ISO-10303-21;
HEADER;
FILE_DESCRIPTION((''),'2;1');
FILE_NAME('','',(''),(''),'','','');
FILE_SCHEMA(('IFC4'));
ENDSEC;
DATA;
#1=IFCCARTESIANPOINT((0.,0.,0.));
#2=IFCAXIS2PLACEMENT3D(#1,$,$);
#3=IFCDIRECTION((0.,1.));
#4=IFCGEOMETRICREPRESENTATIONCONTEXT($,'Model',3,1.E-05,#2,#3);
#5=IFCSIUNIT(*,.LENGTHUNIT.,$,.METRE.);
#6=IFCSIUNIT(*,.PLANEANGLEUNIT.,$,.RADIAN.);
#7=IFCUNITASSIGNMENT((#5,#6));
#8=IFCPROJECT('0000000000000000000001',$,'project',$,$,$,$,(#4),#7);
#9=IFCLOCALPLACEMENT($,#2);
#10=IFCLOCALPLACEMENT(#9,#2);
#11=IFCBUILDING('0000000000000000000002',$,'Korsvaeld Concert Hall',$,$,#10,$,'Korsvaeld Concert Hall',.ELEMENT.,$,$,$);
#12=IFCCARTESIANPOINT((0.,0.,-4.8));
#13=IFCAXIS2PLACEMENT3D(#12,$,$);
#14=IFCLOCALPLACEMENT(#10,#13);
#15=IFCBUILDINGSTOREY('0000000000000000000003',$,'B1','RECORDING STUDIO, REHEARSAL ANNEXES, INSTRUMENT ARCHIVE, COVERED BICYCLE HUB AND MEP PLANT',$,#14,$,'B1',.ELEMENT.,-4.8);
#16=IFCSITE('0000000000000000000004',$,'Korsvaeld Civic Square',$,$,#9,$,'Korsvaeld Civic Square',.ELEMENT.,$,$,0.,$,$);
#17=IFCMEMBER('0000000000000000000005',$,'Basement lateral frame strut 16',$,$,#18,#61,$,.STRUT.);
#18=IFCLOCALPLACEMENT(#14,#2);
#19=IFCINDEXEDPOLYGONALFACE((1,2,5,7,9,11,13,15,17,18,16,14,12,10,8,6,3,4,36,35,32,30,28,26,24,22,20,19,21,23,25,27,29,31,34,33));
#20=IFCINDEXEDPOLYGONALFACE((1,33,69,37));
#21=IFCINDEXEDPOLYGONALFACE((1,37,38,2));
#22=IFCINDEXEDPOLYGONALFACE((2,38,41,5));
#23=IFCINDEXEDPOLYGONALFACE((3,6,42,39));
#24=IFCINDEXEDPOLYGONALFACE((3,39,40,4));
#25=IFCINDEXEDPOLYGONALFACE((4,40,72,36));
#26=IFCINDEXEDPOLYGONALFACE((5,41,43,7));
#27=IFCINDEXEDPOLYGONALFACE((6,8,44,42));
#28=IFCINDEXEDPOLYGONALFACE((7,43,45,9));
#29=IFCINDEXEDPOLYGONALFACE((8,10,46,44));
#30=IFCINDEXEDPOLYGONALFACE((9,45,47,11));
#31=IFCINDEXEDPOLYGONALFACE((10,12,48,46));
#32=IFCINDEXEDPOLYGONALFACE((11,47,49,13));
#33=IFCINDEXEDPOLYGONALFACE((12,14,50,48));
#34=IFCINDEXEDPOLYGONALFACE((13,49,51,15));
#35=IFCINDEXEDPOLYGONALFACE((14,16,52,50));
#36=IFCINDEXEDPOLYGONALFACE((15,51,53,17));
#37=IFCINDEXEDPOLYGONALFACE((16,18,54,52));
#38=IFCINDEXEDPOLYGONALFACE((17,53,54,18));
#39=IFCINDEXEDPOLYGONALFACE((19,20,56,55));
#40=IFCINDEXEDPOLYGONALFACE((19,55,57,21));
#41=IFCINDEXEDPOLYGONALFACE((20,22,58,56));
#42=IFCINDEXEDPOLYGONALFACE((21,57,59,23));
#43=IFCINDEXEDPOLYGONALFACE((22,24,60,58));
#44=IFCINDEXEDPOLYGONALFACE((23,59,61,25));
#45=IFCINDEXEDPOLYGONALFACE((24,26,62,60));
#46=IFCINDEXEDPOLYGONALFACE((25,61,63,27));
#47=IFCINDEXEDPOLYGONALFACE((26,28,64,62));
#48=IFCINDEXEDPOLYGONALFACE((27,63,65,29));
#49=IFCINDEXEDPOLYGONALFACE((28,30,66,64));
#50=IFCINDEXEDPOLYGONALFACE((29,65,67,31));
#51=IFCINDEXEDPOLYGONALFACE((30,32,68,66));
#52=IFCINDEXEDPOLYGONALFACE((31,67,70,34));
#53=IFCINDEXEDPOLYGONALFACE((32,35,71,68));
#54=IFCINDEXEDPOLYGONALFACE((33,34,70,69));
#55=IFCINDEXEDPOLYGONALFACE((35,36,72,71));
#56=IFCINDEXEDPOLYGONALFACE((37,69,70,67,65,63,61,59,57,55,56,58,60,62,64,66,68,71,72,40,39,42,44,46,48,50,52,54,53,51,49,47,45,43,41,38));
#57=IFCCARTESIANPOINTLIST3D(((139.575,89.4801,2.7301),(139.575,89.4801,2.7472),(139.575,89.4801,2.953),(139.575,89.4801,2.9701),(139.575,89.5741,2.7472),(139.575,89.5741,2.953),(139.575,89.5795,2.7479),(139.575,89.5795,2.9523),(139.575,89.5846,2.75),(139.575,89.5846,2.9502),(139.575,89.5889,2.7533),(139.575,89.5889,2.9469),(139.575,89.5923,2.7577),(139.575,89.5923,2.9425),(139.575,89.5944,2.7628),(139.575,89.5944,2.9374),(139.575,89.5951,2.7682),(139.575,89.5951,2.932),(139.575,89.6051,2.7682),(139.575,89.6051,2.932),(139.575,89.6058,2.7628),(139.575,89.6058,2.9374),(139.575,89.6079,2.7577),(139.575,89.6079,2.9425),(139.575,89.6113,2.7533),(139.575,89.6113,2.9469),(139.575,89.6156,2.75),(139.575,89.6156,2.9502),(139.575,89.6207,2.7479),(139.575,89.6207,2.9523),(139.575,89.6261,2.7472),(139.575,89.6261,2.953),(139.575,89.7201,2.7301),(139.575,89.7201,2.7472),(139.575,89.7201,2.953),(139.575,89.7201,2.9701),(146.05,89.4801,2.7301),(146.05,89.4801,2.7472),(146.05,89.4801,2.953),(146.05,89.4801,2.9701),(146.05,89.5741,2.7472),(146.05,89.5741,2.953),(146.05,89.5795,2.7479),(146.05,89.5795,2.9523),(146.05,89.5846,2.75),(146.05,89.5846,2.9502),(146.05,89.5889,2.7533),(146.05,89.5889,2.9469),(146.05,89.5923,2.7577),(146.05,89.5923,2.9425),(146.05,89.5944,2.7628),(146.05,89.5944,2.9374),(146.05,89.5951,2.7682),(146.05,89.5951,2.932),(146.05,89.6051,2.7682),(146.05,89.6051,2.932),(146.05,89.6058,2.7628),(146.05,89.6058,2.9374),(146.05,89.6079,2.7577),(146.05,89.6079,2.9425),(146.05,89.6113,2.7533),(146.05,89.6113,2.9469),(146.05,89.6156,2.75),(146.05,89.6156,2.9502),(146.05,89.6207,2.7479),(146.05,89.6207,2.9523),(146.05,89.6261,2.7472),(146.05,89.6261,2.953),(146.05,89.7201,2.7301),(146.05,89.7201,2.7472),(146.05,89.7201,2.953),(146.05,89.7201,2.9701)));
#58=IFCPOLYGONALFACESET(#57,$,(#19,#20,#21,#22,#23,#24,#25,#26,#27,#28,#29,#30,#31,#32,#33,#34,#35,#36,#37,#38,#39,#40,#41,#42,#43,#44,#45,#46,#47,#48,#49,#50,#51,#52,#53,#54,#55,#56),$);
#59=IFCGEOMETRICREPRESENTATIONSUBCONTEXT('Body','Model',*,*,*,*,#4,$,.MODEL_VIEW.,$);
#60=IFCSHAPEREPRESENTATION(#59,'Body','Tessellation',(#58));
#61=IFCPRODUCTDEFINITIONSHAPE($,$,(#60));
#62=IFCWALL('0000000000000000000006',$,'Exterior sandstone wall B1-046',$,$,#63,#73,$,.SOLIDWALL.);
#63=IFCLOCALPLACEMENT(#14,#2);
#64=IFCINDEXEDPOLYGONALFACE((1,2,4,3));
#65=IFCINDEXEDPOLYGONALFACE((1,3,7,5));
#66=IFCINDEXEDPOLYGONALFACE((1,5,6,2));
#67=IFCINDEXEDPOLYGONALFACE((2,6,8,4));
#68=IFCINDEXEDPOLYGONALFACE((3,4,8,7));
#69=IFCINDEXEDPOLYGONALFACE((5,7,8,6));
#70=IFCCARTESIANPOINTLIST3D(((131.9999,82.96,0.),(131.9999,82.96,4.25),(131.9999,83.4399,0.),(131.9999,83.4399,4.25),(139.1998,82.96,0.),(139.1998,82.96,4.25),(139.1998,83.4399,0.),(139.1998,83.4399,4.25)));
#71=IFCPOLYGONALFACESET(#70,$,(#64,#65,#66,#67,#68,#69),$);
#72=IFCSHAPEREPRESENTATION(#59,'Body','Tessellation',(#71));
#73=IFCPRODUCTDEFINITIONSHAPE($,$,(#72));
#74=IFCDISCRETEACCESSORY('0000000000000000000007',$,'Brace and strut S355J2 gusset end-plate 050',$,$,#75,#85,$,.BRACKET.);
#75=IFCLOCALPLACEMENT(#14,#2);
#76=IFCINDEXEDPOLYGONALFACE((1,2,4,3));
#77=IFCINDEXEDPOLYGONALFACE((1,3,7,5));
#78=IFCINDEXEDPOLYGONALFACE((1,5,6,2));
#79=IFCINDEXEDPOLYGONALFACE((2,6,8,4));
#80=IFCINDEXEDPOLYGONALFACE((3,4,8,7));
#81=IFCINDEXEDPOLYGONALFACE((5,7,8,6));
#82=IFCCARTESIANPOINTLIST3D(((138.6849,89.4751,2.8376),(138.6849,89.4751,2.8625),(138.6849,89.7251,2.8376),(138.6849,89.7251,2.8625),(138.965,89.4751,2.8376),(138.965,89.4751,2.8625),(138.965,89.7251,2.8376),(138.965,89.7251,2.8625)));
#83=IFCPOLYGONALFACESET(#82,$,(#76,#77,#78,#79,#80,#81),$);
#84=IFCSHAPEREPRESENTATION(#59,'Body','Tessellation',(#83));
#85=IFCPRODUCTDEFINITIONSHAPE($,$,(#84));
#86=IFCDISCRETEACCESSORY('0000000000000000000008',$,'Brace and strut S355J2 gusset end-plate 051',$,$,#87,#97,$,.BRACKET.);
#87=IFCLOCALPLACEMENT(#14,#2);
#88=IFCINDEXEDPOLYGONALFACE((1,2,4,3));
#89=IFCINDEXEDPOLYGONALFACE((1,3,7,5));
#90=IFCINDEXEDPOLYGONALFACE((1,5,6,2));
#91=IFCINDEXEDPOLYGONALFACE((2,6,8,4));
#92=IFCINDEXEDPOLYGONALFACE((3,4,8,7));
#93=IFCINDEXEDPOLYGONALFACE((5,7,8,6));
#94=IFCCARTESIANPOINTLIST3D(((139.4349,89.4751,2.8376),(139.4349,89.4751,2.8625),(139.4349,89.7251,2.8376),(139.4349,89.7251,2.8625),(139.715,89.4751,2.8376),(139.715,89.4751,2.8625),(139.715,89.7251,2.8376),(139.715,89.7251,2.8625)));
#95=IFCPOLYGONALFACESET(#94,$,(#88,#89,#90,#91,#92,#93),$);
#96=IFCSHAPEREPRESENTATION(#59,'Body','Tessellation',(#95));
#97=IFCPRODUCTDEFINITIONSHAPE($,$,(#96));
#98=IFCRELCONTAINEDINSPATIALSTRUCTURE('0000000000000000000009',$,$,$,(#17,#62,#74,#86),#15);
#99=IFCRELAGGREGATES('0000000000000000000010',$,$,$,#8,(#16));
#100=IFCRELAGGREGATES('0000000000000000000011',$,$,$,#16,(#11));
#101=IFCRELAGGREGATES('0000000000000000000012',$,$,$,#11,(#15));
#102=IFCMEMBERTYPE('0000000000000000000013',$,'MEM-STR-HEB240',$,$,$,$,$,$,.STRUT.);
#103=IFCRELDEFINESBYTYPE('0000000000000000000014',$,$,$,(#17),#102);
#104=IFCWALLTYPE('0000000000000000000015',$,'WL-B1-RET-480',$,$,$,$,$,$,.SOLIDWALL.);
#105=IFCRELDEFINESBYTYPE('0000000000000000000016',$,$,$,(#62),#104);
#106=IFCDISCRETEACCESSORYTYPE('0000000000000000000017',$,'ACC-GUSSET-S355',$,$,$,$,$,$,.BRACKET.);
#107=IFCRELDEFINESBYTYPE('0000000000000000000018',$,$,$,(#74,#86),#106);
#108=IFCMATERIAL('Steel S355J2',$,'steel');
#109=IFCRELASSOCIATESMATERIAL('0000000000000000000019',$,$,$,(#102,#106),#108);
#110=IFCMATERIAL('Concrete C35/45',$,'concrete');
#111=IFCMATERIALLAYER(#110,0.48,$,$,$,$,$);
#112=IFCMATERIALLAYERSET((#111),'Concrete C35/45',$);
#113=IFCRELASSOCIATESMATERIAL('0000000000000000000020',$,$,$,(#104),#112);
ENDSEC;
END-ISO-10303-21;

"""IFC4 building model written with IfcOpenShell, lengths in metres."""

from ifc_helpers import new_model, si_unit, direction, frame, frame_2d, origin, origin_2d, place, context, subcontext, project, spatial, rectangle, i_section, extrude, material, layer, layer_set, material_profile, profile_set, type_object, element, save


model = new_model("IFC4")

# Units and contexts
model_context = context("Model", 3, precision=1e-05, world=origin(), true_north=direction((0.0, 1.0)))
body_context = subcontext(model_context, "Body", "Model", "MODEL_VIEW")
ifc_project = project(units=[si_unit("LENGTHUNIT", "METRE"), si_unit("PLANEANGLEUNIT", "RADIAN")], contexts=[model_context])

# Site, building, storey
site_placement = place(None, origin())
site = spatial("IfcSite", under=ifc_project, at=site_placement, Name="Korsvaeld Civic Square", LongName="Korsvaeld Civic Square", CompositionType="ELEMENT", RefElevation=0.0)
building_placement = place(site_placement, origin())
building = spatial("IfcBuilding", under=site, at=building_placement, Name="Korsvaeld Concert Hall", LongName="Korsvaeld Concert Hall", CompositionType="ELEMENT")
storey_placement = place(building_placement, frame((0.0, 0.0, -4.8)))
storey = spatial("IfcBuildingStorey", under=building, at=storey_placement, Name="B1", Description="RECORDING STUDIO, REHEARSAL ANNEXES, INSTRUMENT ARCHIVE, COVERED BICYCLE HUB AND MEP PLANT", LongName="B1", CompositionType="ELEMENT", Elevation=-4.8)

# Shared definitions
ifc_material_1 = material(Name="Concrete C35/45", Category="concrete")

# Shared definitions
ifc_material_2 = material(Name="Steel S355J2", Category="steel")

# Member
ifc_material_profile_1 = material_profile(ifc_material_2, i_section(OverallWidth=0.24, OverallDepth=0.24, WebThickness=0.01, FlangeThickness=0.0171, FilletRadius=0.021, at=origin_2d()), Name="HEB 240")
ifc_profile_set_1 = profile_set([ifc_material_profile_1], Name="Steel S355J2")
member_type = type_object("IfcMemberType", Name="MEM-STR-HEB240", PredefinedType="STRUT", material=ifc_profile_set_1)
member_placement = place(storey_placement, frame((139.575, 89.6001, 2.8501), z_axis=(1.0, 0.0, 0.0), x_axis=(0.0, 1.0, 0.0)))
element("IfcMember", 1, at=member_placement, inside=storey, type_object=member_type, Name="Basement lateral frame strut 16", PredefinedType="STRUT", context=body_context, shape_type="SweptSolid", body=[
    extrude(i_section(OverallWidth=0.24, OverallDepth=0.24, WebThickness=0.01, FlangeThickness=0.0171, FilletRadius=0.021, at=origin_2d()), origin(), (0.0, 0.0, 1.0), 6.4751),
])

# Wall
ifc_layer = layer(ifc_material_1, 0.48)
ifc_layer_set = layer_set([ifc_layer], Name="Concrete C35/45")
wall_type = type_object("IfcWallType", Name="WL-B1-RET-480", PredefinedType="SOLIDWALL", material=ifc_layer_set)
wall_placement = place(storey_placement, frame((139.2, 83.2, 0.0), z_axis=(0.0, 0.0, 1.0), x_axis=(-1.0, 0.0, 0.0)))
element("IfcWall", 2, at=wall_placement, inside=storey, type_object=wall_type, Name="Exterior sandstone wall B1-046", PredefinedType="SOLIDWALL", context=body_context, shape_type="SweptSolid", body=[
    extrude(rectangle(XDim=7.2, YDim=0.48, at=frame_2d((3.6001, 0.0))), origin(), (0.0, 0.0, 1.0), 4.25),
])

# Discrete accessories
discrete_accessory_type = type_object("IfcDiscreteAccessoryType", Name="ACC-GUSSET-S355", PredefinedType="BRACKET", material=ifc_material_2)
for number, where, z_axis, x_axis, name in (
    (3, (138.825, 89.6001, 2.8376), (0.0, 0.0, 1.0), (1.0, 0.0, 0.0), "Brace and strut S355J2 gusset end-plate 050"),
    (4, (139.575, 89.6001, 2.8376), (0.0, 0.0, 1.0), (1.0, 0.0, 0.0), "Brace and strut S355J2 gusset end-plate 051"),
):
    element("IfcDiscreteAccessory", number, at=place(storey_placement, frame(where, z_axis=z_axis, x_axis=x_axis)), inside=storey, type_object=discrete_accessory_type, Name=name, PredefinedType="BRACKET", context=body_context, shape_type="SweptSolid", body=[
        extrude(rectangle(XDim=0.28, YDim=0.25, at=origin_2d()), origin(), (0.0, 0.0, 1.0), 0.0249),
    ])

save(model, "model.ifc")
